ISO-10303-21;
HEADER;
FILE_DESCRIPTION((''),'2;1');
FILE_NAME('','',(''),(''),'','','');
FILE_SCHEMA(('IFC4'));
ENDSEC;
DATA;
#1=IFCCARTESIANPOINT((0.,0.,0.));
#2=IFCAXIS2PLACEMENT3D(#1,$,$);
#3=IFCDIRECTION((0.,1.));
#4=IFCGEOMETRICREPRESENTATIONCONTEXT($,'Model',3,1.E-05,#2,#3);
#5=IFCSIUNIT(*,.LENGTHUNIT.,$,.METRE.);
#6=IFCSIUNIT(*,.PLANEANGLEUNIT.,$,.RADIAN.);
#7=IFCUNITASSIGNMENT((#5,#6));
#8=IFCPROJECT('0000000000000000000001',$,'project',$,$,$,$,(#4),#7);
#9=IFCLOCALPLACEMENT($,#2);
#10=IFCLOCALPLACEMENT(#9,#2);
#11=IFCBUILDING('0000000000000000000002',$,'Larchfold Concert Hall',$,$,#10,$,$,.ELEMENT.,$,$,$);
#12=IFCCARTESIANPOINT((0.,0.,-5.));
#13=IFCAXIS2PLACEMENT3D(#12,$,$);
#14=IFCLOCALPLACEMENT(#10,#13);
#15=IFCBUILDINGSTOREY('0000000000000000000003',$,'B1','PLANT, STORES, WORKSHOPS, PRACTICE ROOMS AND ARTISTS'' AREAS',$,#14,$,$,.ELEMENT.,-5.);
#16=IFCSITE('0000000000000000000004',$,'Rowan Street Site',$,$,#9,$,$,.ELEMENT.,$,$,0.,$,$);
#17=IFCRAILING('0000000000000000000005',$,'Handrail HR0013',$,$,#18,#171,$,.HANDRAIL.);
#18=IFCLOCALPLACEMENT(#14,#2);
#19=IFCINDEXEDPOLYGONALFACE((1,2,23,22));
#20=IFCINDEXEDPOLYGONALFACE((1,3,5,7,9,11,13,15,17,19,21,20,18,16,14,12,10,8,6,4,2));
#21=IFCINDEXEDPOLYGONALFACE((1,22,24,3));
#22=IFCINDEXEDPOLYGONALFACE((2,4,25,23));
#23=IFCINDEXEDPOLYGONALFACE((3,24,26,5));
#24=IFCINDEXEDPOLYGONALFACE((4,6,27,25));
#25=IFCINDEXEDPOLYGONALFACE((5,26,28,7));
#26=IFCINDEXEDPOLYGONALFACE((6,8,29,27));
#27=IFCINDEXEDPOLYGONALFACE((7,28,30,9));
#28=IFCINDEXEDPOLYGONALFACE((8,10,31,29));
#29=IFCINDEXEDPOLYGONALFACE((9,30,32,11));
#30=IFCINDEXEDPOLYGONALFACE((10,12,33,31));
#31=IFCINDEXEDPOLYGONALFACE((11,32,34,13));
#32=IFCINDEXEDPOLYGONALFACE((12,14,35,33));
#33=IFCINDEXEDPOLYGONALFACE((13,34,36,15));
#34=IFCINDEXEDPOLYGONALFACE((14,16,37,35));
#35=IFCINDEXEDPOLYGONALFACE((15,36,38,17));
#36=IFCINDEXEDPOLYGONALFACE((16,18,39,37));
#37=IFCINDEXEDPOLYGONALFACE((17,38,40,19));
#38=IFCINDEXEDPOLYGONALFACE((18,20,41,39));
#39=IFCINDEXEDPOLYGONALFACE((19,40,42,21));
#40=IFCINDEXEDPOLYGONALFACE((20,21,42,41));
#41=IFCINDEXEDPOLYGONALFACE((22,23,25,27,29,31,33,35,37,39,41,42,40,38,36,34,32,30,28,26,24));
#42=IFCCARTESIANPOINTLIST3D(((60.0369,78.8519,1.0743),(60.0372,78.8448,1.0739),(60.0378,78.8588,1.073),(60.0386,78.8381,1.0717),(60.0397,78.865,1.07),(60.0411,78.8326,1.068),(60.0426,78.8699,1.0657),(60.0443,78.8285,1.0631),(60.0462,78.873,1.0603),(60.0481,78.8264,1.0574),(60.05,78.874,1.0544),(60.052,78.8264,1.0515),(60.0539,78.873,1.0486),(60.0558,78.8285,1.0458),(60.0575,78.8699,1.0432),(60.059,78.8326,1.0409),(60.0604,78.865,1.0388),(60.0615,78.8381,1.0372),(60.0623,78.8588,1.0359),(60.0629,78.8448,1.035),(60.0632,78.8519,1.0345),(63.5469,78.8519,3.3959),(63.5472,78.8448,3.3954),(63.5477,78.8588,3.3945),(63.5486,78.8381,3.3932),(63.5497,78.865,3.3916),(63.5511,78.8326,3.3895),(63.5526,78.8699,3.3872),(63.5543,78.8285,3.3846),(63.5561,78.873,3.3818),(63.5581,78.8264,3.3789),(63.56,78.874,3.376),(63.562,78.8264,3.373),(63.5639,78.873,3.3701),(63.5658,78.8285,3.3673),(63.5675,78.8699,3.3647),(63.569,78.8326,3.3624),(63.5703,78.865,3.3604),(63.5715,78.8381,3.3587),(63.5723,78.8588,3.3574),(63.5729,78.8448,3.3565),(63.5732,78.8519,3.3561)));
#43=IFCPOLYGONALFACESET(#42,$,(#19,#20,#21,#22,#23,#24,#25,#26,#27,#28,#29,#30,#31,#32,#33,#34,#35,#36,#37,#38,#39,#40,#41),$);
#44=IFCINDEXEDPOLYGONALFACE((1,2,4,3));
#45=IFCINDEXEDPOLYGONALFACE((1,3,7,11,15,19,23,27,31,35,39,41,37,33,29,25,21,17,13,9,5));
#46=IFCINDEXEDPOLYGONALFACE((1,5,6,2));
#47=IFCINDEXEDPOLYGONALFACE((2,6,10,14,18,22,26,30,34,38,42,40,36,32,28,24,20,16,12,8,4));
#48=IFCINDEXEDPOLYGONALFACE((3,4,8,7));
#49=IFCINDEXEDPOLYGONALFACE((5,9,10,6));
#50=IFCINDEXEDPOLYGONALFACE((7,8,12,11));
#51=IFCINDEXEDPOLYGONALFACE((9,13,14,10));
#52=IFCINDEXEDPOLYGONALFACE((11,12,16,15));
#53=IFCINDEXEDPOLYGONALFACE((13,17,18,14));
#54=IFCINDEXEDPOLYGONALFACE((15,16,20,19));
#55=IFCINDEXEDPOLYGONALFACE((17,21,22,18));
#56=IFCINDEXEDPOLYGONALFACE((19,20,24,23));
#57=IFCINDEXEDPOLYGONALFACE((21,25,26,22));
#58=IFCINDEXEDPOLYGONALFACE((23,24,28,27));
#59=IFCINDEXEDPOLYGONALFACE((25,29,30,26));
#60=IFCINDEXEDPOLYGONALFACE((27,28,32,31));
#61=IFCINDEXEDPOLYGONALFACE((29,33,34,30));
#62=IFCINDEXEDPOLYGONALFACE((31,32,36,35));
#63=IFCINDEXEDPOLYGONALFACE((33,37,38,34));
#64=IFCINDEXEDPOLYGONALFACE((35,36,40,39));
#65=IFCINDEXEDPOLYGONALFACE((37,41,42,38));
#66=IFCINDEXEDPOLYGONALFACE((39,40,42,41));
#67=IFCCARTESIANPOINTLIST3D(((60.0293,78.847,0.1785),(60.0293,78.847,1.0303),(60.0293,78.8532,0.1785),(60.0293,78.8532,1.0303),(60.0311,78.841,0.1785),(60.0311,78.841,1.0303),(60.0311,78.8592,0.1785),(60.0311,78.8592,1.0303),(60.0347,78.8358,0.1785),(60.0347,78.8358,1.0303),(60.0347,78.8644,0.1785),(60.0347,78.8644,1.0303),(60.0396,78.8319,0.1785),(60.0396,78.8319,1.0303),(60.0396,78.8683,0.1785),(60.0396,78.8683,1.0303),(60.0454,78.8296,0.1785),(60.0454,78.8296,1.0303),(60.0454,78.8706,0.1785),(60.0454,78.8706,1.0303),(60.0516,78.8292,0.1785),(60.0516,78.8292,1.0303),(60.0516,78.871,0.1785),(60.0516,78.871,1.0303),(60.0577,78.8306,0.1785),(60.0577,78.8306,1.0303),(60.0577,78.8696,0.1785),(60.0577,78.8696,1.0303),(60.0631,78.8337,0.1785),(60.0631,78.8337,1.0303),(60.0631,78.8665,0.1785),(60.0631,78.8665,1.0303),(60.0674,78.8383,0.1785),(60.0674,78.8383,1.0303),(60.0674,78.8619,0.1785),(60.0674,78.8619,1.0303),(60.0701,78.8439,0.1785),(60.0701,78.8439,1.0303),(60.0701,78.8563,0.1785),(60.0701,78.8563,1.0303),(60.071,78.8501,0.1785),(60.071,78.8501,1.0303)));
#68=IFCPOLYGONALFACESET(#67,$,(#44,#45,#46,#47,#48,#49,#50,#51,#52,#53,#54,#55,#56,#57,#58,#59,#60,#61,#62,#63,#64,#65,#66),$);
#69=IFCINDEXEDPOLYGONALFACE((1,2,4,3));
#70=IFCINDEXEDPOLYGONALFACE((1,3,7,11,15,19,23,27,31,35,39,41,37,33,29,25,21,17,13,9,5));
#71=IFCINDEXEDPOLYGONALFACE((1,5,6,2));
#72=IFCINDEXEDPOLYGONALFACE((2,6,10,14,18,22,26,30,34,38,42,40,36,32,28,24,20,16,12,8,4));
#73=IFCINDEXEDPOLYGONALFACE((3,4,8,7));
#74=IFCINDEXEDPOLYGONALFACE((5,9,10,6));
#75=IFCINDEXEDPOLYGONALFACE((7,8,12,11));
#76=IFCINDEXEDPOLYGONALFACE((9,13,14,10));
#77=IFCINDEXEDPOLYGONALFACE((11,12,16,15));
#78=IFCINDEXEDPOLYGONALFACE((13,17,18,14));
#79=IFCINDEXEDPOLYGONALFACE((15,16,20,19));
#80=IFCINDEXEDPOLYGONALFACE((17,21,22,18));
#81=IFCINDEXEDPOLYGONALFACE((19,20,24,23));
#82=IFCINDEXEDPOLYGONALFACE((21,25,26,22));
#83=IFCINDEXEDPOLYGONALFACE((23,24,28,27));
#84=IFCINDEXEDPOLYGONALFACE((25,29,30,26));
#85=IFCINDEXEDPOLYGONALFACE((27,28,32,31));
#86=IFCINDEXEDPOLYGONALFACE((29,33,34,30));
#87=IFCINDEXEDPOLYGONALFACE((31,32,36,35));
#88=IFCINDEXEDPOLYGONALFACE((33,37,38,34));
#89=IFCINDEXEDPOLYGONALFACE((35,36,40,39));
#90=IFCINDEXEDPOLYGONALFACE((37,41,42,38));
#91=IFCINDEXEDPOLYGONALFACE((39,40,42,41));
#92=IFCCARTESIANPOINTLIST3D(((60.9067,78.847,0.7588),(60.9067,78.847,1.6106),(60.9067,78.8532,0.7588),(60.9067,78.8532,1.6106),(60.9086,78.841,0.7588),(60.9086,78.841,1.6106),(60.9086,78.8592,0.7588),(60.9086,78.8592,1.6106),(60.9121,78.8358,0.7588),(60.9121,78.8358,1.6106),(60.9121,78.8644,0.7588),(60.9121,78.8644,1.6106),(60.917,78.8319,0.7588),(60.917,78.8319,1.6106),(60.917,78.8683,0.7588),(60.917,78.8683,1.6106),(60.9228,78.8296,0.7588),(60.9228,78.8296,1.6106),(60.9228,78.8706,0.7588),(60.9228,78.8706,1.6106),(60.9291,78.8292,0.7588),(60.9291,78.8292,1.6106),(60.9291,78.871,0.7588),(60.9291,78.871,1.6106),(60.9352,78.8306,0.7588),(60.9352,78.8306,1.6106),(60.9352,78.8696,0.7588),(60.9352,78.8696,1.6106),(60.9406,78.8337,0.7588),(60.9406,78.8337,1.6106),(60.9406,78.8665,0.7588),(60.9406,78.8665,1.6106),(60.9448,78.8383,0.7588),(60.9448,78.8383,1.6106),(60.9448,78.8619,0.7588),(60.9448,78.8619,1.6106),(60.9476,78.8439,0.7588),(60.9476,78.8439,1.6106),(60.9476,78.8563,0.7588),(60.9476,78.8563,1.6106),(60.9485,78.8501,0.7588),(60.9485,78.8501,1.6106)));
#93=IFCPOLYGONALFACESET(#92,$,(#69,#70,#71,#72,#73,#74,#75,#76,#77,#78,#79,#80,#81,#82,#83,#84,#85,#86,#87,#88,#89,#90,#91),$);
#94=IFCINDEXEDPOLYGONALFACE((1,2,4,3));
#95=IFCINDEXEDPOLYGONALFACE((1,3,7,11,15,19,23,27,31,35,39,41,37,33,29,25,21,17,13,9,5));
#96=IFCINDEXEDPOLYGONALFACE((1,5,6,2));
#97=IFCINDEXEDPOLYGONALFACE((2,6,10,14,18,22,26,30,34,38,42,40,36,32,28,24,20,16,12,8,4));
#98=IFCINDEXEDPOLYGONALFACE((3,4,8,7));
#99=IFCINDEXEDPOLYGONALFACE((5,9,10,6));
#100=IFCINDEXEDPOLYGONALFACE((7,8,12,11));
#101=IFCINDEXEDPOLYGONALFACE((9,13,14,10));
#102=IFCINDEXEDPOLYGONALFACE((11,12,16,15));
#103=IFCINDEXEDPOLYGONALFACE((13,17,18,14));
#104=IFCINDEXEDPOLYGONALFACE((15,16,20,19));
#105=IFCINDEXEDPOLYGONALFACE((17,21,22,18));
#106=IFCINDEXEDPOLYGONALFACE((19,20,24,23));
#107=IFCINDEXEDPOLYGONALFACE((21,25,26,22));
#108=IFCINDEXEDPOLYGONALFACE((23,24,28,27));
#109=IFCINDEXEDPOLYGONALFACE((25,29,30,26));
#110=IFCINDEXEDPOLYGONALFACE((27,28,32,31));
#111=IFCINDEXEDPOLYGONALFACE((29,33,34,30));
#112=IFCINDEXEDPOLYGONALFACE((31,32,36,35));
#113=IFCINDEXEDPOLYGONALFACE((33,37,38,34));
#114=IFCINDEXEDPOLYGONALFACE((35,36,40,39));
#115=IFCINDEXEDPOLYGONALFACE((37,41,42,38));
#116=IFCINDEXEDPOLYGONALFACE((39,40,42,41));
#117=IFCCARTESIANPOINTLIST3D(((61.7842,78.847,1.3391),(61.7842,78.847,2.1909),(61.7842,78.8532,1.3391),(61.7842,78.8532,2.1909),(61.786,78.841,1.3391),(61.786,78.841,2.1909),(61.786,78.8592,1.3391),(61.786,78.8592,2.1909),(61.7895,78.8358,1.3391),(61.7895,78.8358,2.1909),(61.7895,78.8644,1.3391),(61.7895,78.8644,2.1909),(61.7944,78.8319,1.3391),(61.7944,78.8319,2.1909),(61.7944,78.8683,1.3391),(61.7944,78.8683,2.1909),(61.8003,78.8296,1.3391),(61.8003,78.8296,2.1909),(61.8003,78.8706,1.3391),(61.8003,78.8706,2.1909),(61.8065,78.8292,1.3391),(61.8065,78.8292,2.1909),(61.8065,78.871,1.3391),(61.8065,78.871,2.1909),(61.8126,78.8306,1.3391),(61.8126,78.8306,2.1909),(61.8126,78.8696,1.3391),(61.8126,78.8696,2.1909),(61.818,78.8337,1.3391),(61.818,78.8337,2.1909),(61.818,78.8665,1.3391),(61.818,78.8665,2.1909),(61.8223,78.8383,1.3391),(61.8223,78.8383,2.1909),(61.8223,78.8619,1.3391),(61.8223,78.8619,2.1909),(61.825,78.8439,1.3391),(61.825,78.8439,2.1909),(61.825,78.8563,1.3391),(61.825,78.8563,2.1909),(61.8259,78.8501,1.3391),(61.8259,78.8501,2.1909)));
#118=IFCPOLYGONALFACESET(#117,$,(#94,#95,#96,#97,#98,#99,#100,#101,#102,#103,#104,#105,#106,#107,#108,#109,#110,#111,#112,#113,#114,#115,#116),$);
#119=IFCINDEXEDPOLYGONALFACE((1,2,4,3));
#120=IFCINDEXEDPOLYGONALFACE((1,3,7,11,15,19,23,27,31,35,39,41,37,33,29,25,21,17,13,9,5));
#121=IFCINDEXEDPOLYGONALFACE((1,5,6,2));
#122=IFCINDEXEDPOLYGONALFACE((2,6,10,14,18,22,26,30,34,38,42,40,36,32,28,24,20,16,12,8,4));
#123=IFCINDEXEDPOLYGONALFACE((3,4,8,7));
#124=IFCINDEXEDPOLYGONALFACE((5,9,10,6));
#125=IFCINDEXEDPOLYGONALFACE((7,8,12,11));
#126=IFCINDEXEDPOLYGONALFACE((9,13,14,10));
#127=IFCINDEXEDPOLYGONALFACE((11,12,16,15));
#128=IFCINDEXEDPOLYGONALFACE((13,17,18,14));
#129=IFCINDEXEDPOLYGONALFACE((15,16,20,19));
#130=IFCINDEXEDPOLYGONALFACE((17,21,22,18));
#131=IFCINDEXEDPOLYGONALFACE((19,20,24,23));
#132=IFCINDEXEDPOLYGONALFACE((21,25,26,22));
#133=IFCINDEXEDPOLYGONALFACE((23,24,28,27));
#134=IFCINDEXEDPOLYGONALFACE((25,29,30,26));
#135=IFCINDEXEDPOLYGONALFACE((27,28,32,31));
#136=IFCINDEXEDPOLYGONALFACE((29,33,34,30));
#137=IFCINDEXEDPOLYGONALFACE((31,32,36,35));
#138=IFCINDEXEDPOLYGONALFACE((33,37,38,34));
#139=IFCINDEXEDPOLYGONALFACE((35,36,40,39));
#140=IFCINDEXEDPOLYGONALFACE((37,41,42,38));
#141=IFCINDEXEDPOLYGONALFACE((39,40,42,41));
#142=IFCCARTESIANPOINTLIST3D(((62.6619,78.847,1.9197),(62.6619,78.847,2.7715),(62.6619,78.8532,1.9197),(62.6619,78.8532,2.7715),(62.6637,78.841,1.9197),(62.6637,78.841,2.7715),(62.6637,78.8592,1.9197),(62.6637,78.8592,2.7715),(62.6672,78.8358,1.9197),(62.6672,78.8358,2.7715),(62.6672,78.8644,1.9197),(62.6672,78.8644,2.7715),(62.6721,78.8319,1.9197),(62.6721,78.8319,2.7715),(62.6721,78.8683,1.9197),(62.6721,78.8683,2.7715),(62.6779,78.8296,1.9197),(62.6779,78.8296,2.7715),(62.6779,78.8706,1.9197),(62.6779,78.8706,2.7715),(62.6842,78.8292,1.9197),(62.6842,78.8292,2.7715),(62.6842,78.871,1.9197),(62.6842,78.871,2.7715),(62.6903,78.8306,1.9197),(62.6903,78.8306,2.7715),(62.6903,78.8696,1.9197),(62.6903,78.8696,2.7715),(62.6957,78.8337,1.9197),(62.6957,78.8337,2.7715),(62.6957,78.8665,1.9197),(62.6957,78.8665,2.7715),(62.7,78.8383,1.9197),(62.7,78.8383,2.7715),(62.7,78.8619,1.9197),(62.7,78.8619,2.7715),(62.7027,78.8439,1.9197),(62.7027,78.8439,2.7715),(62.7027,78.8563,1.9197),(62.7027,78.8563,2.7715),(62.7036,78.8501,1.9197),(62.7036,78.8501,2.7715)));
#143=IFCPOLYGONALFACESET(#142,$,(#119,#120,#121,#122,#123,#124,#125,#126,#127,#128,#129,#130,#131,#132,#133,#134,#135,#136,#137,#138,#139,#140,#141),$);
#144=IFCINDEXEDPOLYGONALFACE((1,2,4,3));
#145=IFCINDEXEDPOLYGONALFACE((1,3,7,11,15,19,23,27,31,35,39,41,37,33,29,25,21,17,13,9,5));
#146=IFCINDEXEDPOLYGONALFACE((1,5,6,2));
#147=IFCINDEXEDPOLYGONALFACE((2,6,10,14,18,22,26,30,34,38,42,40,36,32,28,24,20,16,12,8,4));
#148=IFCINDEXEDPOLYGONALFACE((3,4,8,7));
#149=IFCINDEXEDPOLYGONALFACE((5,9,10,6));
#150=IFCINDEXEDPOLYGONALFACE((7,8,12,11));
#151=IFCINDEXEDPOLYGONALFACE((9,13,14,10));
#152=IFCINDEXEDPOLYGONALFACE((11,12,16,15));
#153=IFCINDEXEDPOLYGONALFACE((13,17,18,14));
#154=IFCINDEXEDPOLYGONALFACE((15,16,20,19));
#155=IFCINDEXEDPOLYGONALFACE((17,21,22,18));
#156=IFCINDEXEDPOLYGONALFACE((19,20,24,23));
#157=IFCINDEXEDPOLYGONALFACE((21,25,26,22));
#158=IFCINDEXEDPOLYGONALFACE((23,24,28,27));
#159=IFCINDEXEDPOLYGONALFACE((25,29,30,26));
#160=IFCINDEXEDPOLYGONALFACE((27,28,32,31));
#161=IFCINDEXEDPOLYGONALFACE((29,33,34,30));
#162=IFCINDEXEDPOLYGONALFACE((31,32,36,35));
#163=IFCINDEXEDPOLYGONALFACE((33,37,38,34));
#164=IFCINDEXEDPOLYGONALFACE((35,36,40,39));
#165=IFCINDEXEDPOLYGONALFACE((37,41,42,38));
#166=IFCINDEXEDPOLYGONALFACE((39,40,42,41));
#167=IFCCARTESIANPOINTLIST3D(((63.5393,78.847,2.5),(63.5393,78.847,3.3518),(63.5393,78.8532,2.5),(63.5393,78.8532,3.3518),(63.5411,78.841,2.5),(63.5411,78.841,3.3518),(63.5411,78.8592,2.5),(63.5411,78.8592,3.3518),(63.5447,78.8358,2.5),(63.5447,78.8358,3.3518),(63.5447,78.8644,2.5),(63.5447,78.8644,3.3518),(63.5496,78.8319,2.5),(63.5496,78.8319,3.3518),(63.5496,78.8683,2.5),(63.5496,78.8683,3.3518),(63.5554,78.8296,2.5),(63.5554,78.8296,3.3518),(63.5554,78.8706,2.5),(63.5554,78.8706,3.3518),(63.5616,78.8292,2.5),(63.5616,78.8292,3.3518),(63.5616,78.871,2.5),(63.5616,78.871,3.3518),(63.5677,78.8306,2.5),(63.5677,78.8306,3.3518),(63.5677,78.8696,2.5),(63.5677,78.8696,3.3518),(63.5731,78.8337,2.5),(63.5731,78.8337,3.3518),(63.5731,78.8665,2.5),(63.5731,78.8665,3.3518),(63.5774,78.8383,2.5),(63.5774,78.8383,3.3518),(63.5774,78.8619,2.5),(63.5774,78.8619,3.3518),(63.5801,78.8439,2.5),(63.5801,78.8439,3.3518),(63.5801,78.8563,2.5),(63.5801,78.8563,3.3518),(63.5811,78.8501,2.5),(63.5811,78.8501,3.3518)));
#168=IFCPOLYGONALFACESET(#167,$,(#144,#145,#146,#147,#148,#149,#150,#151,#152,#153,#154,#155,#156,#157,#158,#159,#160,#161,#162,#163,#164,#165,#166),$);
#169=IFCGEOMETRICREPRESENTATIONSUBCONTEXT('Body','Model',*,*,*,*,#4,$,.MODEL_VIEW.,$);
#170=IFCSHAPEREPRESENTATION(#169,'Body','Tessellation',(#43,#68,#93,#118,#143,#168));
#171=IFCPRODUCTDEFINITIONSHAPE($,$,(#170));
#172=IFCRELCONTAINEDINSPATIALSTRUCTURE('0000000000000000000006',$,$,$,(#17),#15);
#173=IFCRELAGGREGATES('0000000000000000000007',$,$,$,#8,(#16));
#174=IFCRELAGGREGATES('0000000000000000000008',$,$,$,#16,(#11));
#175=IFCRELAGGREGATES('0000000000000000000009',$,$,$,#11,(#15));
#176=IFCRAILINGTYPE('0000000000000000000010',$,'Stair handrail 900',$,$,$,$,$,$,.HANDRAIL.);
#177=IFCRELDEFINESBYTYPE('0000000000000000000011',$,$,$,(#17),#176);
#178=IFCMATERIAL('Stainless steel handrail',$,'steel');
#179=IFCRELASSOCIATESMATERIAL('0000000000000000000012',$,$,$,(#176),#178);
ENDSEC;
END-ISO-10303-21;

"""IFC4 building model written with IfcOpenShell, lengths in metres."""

from ifc_helpers import new_model, si_unit, direction, frame, origin, origin_2d, place, context, subcontext, project, spatial, circle, extrude, material, type_object, element, save


model = new_model("IFC4")

# Units and contexts
model_context = context("Model", 3, precision=1e-05, world=origin(), true_north=direction((0.0, 1.0)))
body_context = subcontext(model_context, "Body", "Model", "MODEL_VIEW")
ifc_project = project(units=[si_unit("LENGTHUNIT", "METRE"), si_unit("PLANEANGLEUNIT", "RADIAN")], contexts=[model_context])

# Site, building, storey
site_placement = place(None, origin())
site = spatial("IfcSite", under=ifc_project, at=site_placement, Name="Rowan Street Site", CompositionType="ELEMENT", RefElevation=0.0)
building_placement = place(site_placement, origin())
building = spatial("IfcBuilding", under=site, at=building_placement, Name="Larchfold Concert Hall", CompositionType="ELEMENT")
storey_placement = place(building_placement, frame((0.0, 0.0, -5.0)))
storey = spatial("IfcBuildingStorey", under=building, at=storey_placement, Name="B1", Description="PLANT, STORES, WORKSHOPS, PRACTICE ROOMS AND ARTISTS' AREAS", CompositionType="ELEMENT", Elevation=-5.0)

# Railing
ifc_material_1 = material(Name="Stainless steel handrail", Category="steel")
railing_type_1 = type_object("IfcRailingType", Name="Stair handrail 900", PredefinedType="HANDRAIL", material=ifc_material_1)
for number, where, name in (
    (1, (60.05, 78.8501, 0.1785), "Handrail HR0013"),
):
    element("IfcRailing", number, at=place(storey_placement, frame(where)), inside=storey, type_object=railing_type_1, Name=name, PredefinedType="HANDRAIL", context=body_context, shape_type="SweptSolid", body=[
        extrude(circle(Radius=0.0239, at=origin_2d()), frame((0.0, 0.0, 0.876), z_axis=(0.834071, 0.0, 0.551657), x_axis=(0.0, 1.0, 0.0)), (0.0, 0.0, 1.0), 4.2083),
        extrude(circle(Radius=0.021, at=origin_2d()), origin(), (0.0, 0.0, 1.0), 0.8518),
        extrude(circle(Radius=0.021, at=origin_2d()), frame((0.8774, 0.0, 0.5803)), (0.0, 0.0, 1.0), 0.8518),
        extrude(circle(Radius=0.021, at=origin_2d()), frame((1.7549, 0.0, 1.1606)), (0.0, 0.0, 1.0), 0.8518),
        extrude(circle(Radius=0.021, at=origin_2d()), frame((2.6326, 0.0, 1.7412)), (0.0, 0.0, 1.0), 0.8518),
        extrude(circle(Radius=0.021, at=origin_2d()), frame((3.51, 0.0, 2.3215)), (0.0, 0.0, 1.0), 0.8518),
    ])

save(model, "model.ifc")
